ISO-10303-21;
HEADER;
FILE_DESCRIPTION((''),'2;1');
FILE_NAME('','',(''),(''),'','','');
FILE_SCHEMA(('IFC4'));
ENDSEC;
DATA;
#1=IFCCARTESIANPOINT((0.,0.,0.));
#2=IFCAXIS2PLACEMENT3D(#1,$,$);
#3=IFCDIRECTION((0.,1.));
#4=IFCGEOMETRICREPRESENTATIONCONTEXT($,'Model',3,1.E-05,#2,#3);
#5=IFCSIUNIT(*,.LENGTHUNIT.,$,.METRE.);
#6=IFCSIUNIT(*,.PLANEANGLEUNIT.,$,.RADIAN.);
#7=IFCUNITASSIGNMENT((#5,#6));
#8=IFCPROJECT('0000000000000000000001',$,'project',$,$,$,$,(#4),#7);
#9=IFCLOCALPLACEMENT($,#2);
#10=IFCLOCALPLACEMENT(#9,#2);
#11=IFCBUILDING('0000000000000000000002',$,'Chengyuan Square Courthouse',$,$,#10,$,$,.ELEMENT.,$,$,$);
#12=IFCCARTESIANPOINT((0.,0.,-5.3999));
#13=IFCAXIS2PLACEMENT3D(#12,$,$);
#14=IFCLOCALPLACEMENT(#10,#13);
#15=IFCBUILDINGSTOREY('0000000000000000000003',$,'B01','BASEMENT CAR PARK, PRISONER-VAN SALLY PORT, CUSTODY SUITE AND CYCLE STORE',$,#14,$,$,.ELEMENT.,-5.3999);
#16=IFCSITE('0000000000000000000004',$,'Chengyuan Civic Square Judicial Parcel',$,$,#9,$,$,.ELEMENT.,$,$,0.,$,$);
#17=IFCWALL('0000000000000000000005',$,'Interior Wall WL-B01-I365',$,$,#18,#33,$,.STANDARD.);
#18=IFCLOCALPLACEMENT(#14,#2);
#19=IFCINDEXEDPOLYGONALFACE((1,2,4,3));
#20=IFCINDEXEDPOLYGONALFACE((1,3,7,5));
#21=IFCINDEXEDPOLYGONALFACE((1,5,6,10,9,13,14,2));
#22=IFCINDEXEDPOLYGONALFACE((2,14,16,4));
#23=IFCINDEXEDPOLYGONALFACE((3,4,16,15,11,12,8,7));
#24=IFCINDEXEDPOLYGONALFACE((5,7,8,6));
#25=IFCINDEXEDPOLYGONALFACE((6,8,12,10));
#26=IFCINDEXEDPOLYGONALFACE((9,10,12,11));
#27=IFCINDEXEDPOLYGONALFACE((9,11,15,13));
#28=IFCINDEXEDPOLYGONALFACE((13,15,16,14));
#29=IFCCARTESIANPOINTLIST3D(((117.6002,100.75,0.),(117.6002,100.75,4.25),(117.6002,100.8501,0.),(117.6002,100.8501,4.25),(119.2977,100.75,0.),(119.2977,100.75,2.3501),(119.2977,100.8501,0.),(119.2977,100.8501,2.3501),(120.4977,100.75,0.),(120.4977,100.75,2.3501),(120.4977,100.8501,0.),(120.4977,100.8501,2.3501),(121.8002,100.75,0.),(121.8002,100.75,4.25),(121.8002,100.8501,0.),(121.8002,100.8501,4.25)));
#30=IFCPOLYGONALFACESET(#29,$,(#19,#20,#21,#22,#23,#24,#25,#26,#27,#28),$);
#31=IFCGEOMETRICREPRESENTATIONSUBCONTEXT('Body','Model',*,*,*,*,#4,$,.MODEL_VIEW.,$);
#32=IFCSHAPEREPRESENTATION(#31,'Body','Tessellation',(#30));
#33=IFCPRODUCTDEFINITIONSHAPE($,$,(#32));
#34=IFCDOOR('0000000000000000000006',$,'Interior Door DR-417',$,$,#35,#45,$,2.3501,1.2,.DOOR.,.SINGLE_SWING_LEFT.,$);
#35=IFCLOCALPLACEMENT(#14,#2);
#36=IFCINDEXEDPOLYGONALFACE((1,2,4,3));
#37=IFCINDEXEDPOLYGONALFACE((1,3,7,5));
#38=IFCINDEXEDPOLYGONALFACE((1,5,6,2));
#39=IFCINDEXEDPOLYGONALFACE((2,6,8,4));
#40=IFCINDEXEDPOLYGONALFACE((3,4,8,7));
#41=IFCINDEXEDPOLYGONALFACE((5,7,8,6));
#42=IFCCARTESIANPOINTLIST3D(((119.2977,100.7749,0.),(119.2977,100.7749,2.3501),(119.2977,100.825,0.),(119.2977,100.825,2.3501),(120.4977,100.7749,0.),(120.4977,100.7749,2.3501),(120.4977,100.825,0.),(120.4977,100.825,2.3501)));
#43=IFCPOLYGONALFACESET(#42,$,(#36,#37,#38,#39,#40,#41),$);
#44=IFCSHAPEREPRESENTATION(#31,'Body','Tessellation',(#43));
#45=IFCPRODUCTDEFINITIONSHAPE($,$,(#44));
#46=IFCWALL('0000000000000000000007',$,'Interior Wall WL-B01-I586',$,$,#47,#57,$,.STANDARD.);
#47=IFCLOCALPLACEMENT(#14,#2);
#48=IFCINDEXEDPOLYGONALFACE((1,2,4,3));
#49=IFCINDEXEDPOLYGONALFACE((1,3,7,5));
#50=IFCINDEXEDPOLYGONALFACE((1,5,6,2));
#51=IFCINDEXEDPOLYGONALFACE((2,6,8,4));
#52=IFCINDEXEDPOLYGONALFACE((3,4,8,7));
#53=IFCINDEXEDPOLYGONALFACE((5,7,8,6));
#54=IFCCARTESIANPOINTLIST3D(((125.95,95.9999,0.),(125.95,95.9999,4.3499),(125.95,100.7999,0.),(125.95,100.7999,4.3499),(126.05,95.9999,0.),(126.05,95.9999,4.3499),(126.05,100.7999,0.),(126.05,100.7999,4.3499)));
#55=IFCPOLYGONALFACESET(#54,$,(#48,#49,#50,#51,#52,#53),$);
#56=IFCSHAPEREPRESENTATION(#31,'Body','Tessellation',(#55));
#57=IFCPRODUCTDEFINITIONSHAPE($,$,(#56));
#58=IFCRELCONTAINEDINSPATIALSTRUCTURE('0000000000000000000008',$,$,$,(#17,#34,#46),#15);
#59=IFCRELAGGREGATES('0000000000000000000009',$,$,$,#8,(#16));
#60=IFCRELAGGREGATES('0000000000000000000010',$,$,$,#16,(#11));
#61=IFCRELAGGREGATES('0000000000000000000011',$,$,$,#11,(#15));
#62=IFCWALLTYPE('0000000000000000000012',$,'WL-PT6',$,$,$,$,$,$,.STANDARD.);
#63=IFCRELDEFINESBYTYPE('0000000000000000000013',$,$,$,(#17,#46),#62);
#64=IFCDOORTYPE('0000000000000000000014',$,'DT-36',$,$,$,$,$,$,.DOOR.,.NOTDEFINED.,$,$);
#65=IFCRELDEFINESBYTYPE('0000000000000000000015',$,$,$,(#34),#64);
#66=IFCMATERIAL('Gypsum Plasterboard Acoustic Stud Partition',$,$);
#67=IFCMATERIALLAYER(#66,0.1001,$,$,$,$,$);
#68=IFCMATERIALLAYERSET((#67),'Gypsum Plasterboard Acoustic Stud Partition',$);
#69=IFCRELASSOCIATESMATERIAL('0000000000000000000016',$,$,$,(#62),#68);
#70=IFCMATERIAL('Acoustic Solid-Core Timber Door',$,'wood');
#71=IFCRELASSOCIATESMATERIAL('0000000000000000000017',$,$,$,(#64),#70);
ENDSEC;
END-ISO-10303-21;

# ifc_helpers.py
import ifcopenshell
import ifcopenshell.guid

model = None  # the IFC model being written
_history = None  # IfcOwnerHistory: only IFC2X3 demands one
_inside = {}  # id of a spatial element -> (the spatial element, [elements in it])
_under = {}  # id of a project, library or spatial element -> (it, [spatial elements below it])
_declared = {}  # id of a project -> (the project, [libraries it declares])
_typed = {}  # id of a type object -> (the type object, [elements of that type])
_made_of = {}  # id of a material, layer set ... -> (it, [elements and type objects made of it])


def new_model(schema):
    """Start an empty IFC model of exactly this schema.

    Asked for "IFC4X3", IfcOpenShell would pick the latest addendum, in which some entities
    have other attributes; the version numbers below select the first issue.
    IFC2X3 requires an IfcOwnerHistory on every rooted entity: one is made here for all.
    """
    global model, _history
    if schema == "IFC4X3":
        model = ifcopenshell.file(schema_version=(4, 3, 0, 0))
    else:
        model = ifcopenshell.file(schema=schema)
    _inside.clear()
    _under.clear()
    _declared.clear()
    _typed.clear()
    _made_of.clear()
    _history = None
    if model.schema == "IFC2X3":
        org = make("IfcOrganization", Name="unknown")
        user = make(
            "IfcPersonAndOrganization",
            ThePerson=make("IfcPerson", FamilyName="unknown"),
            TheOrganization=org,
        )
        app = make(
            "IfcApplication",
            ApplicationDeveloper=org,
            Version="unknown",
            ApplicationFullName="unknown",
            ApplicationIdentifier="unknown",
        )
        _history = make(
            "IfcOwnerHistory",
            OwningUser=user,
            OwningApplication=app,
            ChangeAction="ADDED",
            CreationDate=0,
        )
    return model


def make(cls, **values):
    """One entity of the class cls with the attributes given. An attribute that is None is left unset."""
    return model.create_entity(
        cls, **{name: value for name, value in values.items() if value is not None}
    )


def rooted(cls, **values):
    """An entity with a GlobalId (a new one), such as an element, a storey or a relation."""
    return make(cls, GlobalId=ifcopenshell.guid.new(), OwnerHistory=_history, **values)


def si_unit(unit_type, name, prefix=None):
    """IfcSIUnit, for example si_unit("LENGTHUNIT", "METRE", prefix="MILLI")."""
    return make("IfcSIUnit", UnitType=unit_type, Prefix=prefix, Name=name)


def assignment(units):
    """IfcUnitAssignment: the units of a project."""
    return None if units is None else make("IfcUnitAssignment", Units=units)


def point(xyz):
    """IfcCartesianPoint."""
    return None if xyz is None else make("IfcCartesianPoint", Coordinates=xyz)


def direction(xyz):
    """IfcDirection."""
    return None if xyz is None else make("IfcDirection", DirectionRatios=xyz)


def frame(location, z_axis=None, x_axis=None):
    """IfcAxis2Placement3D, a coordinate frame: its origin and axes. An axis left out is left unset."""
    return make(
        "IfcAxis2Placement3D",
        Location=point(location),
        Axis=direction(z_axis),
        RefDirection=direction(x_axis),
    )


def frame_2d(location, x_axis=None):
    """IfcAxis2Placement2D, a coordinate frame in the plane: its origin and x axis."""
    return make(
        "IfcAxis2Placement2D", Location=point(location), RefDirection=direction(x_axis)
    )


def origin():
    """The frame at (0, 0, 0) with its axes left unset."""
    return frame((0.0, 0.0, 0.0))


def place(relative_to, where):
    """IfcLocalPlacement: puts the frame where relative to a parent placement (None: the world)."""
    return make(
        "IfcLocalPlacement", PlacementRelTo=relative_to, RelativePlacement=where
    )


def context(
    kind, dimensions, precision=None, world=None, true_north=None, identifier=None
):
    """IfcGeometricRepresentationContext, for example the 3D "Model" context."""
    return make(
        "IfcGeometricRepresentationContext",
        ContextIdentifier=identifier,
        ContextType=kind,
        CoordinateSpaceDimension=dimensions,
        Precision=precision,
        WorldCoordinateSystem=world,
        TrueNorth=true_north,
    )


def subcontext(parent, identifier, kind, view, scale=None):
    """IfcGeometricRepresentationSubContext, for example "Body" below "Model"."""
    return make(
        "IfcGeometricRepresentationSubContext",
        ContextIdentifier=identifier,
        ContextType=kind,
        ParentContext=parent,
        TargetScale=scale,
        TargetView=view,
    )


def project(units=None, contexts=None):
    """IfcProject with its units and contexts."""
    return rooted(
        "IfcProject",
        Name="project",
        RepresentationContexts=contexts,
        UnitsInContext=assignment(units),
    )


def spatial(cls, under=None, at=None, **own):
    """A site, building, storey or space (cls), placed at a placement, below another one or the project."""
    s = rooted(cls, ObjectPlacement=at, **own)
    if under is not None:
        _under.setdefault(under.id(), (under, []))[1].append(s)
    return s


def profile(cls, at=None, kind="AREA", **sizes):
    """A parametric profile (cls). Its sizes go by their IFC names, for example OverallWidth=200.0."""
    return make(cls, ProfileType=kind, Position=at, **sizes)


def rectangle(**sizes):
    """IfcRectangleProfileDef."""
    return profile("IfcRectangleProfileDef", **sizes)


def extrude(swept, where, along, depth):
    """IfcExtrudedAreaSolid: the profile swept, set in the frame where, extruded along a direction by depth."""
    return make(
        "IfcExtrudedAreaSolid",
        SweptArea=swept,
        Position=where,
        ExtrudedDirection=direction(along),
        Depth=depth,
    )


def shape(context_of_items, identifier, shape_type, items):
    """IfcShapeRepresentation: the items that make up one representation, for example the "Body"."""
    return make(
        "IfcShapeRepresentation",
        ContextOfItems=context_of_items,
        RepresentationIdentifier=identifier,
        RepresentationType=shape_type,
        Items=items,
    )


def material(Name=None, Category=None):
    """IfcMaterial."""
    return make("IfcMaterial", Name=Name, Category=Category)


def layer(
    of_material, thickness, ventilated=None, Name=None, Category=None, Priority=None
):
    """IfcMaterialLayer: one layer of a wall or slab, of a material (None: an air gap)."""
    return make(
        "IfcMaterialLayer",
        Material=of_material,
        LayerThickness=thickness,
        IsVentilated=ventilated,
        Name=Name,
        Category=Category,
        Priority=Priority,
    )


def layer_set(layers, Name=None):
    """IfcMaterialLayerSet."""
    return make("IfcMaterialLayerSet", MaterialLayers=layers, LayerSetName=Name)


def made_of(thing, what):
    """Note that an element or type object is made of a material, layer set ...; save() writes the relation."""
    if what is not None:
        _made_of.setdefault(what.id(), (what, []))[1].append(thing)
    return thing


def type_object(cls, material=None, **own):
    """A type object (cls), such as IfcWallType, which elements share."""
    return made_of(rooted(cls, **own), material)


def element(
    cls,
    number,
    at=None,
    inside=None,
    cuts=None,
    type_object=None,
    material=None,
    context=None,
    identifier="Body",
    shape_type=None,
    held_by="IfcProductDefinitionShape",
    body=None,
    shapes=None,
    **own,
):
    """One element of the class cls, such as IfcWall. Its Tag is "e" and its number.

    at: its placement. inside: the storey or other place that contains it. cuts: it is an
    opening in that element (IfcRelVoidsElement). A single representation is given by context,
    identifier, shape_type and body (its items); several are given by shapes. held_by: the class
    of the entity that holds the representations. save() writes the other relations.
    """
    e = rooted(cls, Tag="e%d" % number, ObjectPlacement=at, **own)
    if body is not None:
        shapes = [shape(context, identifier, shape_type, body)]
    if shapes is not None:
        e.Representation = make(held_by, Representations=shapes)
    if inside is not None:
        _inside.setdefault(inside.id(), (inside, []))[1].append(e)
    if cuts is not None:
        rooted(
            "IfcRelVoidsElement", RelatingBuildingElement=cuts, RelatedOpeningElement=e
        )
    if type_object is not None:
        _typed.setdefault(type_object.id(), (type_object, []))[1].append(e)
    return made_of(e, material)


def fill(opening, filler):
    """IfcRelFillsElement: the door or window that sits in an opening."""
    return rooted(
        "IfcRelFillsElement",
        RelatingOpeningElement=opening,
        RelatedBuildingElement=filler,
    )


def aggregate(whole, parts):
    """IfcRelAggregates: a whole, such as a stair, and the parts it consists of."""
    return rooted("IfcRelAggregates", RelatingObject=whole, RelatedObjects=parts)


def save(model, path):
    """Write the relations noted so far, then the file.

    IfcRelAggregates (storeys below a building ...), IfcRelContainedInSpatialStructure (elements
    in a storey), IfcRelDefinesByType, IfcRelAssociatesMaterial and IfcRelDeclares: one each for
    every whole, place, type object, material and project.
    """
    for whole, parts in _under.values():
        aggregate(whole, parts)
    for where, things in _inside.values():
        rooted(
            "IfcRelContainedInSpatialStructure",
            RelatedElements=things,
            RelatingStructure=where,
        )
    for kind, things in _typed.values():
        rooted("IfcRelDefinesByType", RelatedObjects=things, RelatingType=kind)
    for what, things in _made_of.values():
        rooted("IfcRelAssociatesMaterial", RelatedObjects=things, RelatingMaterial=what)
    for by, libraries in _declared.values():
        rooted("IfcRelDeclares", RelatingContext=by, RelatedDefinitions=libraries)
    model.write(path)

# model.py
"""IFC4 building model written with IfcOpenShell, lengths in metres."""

from ifc_helpers import new_model, si_unit, direction, frame, frame_2d, origin, place, context, subcontext, project, spatial, rectangle, extrude, material, layer, layer_set, type_object, element, fill, save


model = new_model("IFC4")

# Units and contexts
model_context = context("Model", 3, precision=1e-05, world=origin(), true_north=direction((0.0, 1.0)))
body_context = subcontext(model_context, "Body", "Model", "MODEL_VIEW")
ifc_project = project(units=[si_unit("LENGTHUNIT", "METRE"), si_unit("PLANEANGLEUNIT", "RADIAN")], contexts=[model_context])

# Site, building, storey
site_placement = place(None, origin())
site = spatial("IfcSite", under=ifc_project, at=site_placement, Name="Chengyuan Civic Square Judicial Parcel", CompositionType="ELEMENT", RefElevation=0.0)
building_placement = place(site_placement, origin())
building = spatial("IfcBuilding", under=site, at=building_placement, Name="Chengyuan Square Courthouse", CompositionType="ELEMENT")
storey_placement = place(building_placement, frame((0.0, 0.0, -5.3999)))
storey = spatial("IfcBuildingStorey", under=building, at=storey_placement, Name="B01", Description="BASEMENT CAR PARK, PRISONER-VAN SALLY PORT, CUSTODY SUITE AND CYCLE STORE", CompositionType="ELEMENT", Elevation=-5.3999)

# Shared definitions
ifc_material_1 = material(Name="Gypsum Plasterboard Acoustic Stud Partition")
ifc_layer_1 = layer(ifc_material_1, 0.1001)
ifc_layer_set_1 = layer_set([ifc_layer_1], Name="Gypsum Plasterboard Acoustic Stud Partition")
wall_type_1 = type_object("IfcWallType", Name="WL-PT6", PredefinedType="STANDARD", material=ifc_layer_set_1)
ifc_material_2 = material(Name="Acoustic Solid-Core Timber Door", Category="wood")

# Wall, opening, door
wall_1_placement = place(storey_placement, frame((117.6001, 100.8, 0.0), z_axis=(0.0, 0.0, 1.0), x_axis=(1.0, 0.0, 0.0)))
wall_1 = element("IfcWall", 1, at=wall_1_placement, inside=storey, type_object=wall_type_1, Name="Interior Wall WL-B01-I365", PredefinedType="STANDARD", context=body_context, shape_type="SweptSolid", body=[
    extrude(rectangle(XDim=4.2, YDim=0.1001, at=frame_2d((2.1001, 0.0))), origin(), (0.0, 0.0, 1.0), 4.25),
])
opening_1_placement = place(wall_1_placement, frame((1.6975, 0.0, 0.0)))
opening_1 = element("IfcOpeningElement", 2, at=opening_1_placement, cuts=wall_1, PredefinedType="OPENING", context=body_context, shape_type="SweptSolid", body=[
    extrude(rectangle(XDim=1.2, YDim=2.3501, at=frame_2d((0.6001, 1.175))), frame((0.0, 0.062, 0.0), z_axis=(0.0, -1.0, 0.0), x_axis=(1.0, 0.0, 0.0)), (0.0, 0.0, 1.0), 0.124),
])
door_type_1 = type_object("IfcDoorType", Name="DT-36", OperationType="NOTDEFINED", PredefinedType="DOOR", material=ifc_material_2)
door_1_placement = place(opening_1_placement, origin())
door_1 = element("IfcDoor", 3, at=door_1_placement, inside=storey, type_object=door_type_1, Name="Interior Door DR-417", OperationType="SINGLE_SWING_LEFT", OverallHeight=2.3501, OverallWidth=1.2, PredefinedType="DOOR", context=body_context, shape_type="SweptSolid", body=[
    extrude(rectangle(XDim=1.2, YDim=2.3501, at=frame_2d((0.6001, 1.175))), frame((0.0, 0.0249, 0.0), z_axis=(0.0, -1.0, 0.0), x_axis=(1.0, 0.0, 0.0)), (0.0, 0.0, 1.0), 0.05),
])
fill(opening_1, door_1)

# Wall
wall_2_placement = place(storey_placement, frame((126.0, 96.0, 0.0), z_axis=(0.0, 0.0, 1.0), x_axis=(0.0, 1.0, 0.0)))
element("IfcWall", 4, at=wall_2_placement, inside=storey, type_object=wall_type_1, Name="Interior Wall WL-B01-I586", PredefinedType="STANDARD", context=body_context, shape_type="SweptSolid", body=[
    extrude(rectangle(XDim=4.8, YDim=0.1001, at=frame_2d((2.3999, 0.0))), origin(), (0.0, 0.0, 1.0), 4.3499),
])

save(model, "model.ifc")
